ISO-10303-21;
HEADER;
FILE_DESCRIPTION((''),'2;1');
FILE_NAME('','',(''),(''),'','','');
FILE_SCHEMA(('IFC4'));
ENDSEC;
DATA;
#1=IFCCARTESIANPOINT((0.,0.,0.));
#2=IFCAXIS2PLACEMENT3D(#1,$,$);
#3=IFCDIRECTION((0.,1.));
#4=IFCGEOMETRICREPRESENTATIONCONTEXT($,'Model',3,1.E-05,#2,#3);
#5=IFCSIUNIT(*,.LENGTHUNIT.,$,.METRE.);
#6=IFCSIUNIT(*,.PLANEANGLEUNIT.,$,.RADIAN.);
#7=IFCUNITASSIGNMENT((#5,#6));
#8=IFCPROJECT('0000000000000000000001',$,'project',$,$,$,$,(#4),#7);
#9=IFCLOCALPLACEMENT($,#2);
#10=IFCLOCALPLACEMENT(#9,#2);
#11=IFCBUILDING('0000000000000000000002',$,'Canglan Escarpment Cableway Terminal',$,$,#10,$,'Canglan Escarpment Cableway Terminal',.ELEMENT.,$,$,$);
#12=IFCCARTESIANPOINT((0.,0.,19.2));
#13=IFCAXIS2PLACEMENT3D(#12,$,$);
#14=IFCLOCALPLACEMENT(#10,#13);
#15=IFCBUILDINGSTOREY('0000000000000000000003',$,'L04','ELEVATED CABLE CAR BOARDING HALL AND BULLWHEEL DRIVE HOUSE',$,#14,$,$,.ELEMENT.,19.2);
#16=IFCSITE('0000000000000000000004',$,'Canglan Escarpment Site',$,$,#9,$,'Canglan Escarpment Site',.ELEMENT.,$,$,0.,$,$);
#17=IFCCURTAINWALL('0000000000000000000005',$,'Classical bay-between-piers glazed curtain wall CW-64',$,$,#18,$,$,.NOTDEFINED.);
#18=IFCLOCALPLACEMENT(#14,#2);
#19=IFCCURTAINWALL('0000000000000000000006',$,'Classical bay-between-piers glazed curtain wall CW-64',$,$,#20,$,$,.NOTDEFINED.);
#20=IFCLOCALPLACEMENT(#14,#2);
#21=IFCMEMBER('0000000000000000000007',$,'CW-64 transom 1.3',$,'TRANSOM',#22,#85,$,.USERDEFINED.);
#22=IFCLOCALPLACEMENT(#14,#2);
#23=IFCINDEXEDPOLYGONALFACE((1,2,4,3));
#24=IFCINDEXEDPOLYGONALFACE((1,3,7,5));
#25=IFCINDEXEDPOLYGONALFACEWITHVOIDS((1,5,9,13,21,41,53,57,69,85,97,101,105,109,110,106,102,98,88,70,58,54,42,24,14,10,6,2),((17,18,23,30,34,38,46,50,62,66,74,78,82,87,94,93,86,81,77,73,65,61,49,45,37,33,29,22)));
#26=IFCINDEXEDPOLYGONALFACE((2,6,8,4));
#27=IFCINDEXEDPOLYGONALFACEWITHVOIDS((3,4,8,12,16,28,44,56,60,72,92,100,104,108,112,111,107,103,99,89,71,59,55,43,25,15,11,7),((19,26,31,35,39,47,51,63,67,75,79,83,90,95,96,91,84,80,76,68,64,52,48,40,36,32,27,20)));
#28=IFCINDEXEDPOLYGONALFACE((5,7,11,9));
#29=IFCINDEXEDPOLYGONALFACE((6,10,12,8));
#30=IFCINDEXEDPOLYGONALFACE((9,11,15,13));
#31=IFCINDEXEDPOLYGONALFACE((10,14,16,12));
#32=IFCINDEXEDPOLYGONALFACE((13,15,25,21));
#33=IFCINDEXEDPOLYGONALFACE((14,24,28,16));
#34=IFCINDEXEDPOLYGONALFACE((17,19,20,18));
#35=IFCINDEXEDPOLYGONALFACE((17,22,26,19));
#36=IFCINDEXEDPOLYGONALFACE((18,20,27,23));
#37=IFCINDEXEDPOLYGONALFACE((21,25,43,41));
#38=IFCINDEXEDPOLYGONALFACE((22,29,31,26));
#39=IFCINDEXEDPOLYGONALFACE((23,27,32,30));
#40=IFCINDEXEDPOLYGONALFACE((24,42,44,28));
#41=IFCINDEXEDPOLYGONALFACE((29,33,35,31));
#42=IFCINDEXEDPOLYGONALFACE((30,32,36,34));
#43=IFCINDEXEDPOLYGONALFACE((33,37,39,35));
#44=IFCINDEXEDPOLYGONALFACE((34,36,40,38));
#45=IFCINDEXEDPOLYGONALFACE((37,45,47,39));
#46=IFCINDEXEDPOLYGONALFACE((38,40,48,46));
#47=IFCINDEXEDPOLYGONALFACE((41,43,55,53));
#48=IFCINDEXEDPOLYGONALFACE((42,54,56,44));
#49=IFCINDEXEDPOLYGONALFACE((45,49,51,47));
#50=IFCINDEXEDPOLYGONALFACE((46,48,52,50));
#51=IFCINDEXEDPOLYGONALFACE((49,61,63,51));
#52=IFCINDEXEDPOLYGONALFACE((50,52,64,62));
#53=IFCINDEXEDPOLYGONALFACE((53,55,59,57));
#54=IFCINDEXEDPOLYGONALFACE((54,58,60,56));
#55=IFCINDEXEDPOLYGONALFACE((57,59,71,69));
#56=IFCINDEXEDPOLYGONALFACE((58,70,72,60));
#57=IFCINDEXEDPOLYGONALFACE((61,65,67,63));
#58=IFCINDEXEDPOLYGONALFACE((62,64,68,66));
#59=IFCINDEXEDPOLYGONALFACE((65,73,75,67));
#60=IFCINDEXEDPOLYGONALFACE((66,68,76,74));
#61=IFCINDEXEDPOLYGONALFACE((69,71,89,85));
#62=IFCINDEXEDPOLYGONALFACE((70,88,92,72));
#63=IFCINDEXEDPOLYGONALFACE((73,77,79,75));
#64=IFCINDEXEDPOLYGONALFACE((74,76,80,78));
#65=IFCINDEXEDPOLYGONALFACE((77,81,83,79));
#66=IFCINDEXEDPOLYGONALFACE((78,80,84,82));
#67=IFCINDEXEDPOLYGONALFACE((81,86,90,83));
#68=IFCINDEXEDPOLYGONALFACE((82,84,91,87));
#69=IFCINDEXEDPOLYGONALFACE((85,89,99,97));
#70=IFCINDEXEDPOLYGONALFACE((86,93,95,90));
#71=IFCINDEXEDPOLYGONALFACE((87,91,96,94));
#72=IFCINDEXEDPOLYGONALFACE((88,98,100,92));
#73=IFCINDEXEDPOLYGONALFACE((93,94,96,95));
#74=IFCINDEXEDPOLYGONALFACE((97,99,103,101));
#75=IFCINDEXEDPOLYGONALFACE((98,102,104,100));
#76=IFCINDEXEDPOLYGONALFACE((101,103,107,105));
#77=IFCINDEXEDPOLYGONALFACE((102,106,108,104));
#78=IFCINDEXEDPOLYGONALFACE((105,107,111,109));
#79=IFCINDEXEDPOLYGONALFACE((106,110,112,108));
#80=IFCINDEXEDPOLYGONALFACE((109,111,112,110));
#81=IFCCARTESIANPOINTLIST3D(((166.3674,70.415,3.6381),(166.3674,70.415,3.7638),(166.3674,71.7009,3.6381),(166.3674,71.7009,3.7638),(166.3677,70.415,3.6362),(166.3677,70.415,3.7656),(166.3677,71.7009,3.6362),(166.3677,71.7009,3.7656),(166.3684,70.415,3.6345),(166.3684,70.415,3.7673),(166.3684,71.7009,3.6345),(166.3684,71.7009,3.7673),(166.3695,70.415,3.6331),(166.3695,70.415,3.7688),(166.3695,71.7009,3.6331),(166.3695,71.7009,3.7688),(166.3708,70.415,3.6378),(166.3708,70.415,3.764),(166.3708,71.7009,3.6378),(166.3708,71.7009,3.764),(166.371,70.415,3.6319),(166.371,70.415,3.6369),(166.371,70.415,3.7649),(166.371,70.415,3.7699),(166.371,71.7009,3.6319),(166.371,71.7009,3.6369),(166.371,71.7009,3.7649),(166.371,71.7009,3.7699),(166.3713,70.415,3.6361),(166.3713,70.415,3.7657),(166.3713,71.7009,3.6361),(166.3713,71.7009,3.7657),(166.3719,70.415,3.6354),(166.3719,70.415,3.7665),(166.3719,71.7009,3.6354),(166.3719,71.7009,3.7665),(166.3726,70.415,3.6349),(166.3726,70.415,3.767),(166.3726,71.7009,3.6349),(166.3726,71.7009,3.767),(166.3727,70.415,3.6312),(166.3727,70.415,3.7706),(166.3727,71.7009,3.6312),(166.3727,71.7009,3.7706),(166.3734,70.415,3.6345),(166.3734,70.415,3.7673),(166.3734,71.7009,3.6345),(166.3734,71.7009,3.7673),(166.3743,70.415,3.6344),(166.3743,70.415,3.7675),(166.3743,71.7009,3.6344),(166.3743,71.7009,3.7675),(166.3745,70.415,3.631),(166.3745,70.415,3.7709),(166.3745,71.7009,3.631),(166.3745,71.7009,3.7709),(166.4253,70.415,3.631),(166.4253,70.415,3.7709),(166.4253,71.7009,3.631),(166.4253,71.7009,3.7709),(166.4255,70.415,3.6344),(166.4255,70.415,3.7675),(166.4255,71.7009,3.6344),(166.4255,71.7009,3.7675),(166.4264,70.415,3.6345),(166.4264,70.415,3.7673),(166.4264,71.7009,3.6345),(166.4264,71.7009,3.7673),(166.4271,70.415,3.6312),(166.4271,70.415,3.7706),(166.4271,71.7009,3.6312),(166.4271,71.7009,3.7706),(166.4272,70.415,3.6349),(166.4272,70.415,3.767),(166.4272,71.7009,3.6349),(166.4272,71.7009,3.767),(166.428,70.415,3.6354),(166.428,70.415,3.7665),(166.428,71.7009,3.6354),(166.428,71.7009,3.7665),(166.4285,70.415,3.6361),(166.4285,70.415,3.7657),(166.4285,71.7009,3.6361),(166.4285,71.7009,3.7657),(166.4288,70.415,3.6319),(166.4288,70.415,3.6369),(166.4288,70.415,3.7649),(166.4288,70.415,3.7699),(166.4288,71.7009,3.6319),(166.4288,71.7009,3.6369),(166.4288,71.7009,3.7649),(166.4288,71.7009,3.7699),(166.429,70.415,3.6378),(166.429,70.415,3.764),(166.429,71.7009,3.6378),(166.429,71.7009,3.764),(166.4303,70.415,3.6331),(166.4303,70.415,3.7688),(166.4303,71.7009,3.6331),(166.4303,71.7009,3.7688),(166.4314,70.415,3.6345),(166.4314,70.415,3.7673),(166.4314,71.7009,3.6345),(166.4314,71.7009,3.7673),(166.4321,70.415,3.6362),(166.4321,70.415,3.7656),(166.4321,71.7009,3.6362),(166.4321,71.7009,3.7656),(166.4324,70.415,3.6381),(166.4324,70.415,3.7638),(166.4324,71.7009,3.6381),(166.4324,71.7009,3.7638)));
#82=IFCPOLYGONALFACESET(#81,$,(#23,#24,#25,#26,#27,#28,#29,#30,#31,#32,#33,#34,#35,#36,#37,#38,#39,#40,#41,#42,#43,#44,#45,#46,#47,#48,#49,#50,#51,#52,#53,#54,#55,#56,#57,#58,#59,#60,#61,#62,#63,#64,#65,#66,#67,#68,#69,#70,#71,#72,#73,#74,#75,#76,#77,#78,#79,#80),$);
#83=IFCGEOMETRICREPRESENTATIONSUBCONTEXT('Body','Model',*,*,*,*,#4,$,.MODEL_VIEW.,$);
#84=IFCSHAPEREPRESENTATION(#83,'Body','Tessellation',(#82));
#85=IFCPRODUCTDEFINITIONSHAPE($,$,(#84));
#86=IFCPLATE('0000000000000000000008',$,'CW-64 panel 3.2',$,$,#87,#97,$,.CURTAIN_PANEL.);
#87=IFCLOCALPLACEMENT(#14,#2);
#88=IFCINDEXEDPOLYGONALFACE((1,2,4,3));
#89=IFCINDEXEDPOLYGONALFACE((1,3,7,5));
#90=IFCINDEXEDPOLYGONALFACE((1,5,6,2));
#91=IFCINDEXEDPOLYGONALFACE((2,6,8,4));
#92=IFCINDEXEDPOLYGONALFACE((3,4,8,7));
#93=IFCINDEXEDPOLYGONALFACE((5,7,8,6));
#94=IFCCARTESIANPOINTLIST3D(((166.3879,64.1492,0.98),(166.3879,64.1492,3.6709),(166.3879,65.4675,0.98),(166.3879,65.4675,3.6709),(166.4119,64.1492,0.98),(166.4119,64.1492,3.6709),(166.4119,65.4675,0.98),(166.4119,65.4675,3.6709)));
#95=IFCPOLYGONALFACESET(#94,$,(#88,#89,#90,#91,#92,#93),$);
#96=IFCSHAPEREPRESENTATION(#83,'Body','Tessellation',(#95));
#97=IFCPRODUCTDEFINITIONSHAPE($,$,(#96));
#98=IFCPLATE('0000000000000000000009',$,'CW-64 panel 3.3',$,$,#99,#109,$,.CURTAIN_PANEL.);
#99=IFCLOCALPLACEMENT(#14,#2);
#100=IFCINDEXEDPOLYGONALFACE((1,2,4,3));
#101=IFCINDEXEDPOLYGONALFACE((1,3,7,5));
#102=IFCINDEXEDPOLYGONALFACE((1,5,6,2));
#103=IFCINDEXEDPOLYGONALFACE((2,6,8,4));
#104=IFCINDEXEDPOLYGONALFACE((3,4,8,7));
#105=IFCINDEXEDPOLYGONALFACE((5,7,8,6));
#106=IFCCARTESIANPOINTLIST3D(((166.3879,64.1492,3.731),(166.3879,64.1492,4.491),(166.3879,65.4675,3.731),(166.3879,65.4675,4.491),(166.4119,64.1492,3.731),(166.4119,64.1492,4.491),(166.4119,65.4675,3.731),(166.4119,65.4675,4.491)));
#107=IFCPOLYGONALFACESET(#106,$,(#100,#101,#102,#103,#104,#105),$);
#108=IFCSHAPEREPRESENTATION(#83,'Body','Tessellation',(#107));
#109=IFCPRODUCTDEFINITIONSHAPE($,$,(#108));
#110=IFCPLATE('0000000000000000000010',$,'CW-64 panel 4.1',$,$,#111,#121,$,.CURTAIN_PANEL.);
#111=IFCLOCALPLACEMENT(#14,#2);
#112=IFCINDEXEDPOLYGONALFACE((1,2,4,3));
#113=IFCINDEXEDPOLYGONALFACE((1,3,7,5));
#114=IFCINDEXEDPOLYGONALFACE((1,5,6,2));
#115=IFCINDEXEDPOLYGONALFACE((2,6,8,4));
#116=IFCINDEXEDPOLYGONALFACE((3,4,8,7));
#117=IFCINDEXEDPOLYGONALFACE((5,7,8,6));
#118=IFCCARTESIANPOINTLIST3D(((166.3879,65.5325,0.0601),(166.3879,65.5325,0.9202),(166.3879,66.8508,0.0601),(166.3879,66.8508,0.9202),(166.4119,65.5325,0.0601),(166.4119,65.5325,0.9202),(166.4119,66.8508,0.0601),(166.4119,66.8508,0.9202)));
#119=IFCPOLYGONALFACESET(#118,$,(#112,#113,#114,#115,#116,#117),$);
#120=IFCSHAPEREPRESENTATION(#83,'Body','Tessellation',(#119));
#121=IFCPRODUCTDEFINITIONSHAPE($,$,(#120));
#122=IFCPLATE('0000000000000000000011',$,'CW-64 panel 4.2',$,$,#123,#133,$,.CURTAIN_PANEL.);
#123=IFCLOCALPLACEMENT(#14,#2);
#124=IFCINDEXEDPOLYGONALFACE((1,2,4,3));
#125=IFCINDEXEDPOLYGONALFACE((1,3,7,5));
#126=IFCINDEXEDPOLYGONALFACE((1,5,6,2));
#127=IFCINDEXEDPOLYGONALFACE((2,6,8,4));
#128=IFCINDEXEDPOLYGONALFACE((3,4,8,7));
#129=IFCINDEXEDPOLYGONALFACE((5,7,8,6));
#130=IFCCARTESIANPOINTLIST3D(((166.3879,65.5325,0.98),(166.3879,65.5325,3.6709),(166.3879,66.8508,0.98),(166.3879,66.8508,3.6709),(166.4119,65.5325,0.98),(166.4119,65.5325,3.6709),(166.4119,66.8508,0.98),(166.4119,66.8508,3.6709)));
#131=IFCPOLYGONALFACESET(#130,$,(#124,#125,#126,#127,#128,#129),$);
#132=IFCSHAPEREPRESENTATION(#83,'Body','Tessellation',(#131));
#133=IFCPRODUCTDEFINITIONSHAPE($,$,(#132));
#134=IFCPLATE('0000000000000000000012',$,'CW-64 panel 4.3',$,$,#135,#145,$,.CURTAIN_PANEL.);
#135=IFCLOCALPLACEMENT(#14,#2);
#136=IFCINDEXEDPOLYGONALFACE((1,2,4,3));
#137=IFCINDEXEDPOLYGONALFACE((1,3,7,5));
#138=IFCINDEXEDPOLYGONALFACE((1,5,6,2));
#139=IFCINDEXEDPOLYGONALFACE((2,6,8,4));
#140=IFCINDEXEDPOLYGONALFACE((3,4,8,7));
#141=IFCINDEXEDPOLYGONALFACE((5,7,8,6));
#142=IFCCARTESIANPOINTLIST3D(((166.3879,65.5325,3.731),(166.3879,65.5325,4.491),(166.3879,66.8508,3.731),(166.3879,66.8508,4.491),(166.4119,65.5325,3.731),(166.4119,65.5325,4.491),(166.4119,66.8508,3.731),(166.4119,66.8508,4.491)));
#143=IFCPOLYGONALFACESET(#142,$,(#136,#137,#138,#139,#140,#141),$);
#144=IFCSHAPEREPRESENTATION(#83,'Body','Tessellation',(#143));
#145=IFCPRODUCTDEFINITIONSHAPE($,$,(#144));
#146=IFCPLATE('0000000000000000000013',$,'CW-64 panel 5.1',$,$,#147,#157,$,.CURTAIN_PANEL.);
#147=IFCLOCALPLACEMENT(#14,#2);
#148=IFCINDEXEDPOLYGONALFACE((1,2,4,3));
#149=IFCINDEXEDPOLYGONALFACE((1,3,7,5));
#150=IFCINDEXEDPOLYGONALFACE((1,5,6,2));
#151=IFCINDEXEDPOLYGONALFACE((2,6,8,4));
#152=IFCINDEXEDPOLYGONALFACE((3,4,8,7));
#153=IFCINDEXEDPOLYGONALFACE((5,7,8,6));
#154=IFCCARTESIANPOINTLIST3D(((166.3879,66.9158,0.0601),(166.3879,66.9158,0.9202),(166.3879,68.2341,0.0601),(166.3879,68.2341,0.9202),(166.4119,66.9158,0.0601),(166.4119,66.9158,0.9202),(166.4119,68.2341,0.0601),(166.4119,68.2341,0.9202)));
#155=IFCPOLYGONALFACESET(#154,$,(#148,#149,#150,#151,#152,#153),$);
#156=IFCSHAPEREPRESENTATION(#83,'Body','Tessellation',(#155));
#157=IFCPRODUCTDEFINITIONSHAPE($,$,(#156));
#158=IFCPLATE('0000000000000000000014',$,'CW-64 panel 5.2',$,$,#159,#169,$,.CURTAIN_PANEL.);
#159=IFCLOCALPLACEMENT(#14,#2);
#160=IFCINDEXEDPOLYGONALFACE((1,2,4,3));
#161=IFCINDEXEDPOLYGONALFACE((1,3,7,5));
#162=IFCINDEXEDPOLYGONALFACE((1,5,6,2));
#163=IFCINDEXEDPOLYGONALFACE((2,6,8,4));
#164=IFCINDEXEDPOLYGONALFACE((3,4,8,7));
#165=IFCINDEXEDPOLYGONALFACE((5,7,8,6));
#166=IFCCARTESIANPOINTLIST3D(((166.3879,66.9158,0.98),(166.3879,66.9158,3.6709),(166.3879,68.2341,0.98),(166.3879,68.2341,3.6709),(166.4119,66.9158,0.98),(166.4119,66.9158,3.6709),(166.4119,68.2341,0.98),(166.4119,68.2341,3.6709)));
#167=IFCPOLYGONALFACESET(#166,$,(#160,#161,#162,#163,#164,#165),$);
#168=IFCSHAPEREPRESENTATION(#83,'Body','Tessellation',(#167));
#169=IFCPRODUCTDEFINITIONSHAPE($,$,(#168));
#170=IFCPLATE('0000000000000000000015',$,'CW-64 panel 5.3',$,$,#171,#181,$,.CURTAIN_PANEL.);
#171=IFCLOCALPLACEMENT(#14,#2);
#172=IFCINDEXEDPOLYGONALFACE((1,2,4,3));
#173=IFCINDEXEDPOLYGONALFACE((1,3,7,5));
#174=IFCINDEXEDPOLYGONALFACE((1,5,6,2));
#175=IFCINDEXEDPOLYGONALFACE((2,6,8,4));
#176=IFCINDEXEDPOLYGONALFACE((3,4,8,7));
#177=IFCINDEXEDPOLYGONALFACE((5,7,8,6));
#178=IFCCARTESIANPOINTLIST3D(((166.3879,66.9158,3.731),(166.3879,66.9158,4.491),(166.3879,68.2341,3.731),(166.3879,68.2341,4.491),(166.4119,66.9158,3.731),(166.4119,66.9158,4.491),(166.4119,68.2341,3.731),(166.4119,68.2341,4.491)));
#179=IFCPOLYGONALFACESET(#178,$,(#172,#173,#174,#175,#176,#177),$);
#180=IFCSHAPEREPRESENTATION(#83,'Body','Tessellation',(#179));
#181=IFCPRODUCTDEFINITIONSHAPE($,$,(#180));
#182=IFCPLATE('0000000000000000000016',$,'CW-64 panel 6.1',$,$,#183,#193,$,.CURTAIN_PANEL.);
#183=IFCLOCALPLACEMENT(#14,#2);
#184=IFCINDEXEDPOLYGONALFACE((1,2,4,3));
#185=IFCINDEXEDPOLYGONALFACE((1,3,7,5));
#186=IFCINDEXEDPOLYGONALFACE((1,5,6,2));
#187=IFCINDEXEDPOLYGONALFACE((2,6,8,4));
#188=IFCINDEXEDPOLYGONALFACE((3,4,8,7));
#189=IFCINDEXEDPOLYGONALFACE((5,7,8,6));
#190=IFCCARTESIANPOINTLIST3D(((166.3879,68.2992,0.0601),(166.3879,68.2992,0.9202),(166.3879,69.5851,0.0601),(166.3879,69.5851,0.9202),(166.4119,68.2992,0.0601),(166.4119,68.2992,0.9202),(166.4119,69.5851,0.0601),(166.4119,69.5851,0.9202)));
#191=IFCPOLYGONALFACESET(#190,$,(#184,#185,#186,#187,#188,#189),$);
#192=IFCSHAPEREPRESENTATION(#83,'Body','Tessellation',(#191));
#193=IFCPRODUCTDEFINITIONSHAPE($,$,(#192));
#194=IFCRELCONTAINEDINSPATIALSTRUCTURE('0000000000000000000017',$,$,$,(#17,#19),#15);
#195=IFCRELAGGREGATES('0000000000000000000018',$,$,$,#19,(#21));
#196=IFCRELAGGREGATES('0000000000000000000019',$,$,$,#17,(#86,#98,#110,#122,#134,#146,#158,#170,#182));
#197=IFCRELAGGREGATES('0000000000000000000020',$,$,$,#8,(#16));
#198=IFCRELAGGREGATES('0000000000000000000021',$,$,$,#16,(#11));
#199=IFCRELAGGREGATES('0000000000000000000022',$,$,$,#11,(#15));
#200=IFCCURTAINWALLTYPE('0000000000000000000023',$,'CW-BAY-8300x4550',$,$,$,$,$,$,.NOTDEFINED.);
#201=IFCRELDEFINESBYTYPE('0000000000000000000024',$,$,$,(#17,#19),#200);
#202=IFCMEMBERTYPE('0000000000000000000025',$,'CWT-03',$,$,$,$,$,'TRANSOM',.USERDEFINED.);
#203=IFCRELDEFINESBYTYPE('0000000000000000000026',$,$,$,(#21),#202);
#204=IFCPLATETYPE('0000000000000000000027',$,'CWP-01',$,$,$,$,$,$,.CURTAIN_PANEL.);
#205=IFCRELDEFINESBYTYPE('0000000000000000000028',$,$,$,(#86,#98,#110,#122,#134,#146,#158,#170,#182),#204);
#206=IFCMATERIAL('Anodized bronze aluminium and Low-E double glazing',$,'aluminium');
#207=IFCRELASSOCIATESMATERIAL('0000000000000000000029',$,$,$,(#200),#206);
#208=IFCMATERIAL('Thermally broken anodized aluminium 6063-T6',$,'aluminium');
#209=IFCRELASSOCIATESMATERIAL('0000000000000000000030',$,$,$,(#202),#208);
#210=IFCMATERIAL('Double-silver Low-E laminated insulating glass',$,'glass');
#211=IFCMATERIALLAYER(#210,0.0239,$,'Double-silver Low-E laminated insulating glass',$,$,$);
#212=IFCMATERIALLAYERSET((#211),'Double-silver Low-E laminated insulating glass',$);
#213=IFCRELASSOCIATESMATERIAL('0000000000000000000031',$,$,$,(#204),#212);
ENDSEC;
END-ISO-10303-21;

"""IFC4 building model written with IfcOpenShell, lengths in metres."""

from ifc_helpers import new_model, si_unit, direction, frame, origin, origin_2d, place, context, subcontext, project, spatial, rectangle, hollow_rectangle, extrude, material, layer, layer_set, material_profile, profile_set, type_object, element, aggregate, save


model = new_model("IFC4")

# Units and contexts
model_context = context("Model", 3, precision=1e-05, world=origin(), true_north=direction((0.0, 1.0)))
body_context = subcontext(model_context, "Body", "Model", "MODEL_VIEW")
ifc_project = project(units=[si_unit("LENGTHUNIT", "METRE"), si_unit("PLANEANGLEUNIT", "RADIAN")], contexts=[model_context])

# Site, building, storey
site_placement = place(None, origin())
site = spatial("IfcSite", under=ifc_project, at=site_placement, Name="Canglan Escarpment Site", LongName="Canglan Escarpment Site", CompositionType="ELEMENT", RefElevation=0.0)
building_placement = place(site_placement, origin())
building = spatial("IfcBuilding", under=site, at=building_placement, Name="Canglan Escarpment Cableway Terminal", LongName="Canglan Escarpment Cableway Terminal", CompositionType="ELEMENT")
storey_placement = place(building_placement, frame((0.0, 0.0, 19.2)))
storey = spatial("IfcBuildingStorey", under=building, at=storey_placement, Name="L04", Description="ELEVATED CABLE CAR BOARDING HALL AND BULLWHEEL DRIVE HOUSE", CompositionType="ELEMENT", Elevation=19.2)

# Curtain wall
ifc_material_1 = material(Name="Anodized bronze aluminium and Low-E double glazing", Category="aluminium")
curtain_wall_type = type_object("IfcCurtainWallType", Name="CW-BAY-8300x4550", PredefinedType="NOTDEFINED", material=ifc_material_1)
curtain_wall_1_placement = place(storey_placement, origin())
curtain_wall_1 = element("IfcCurtainWall", 1, at=curtain_wall_1_placement, inside=storey, type_object=curtain_wall_type, Name="Classical bay-between-piers glazed curtain wall CW-64", PredefinedType="NOTDEFINED")
ifc_material_2 = material(Name="Thermally broken anodized aluminium 6063-T6", Category="aluminium")

# Curtain wall
curtain_wall_2_placement = place(storey_placement, origin())
curtain_wall_2 = element("IfcCurtainWall", 2, at=curtain_wall_2_placement, inside=storey, type_object=curtain_wall_type, Name="Classical bay-between-piers glazed curtain wall CW-64", PredefinedType="NOTDEFINED")

# Member
ifc_material_profile_1 = material_profile(ifc_material_2, hollow_rectangle(XDim=0.0649, YDim=0.1399, WallThickness=0.0034, InnerFilletRadius=0.0034, OuterFilletRadius=0.0071, at=origin_2d()), Name="ALU-TRAN 65x140x3.5")
ifc_profile_set_1 = profile_set([ifc_material_profile_1], Name="Thermally broken anodized aluminium 6063-T6")
member_type_1 = type_object("IfcMemberType", Name="CWT-03", ElementType="TRANSOM", PredefinedType="USERDEFINED", material=ifc_profile_set_1)
member_1_placement = place(storey_placement, frame((166.3999, 70.415, 3.7009), z_axis=(0.0, 1.0, 0.0), x_axis=(-1.0, 0.0, 0.0)))
member_1 = element("IfcMember", 3, at=member_1_placement, type_object=member_type_1, Name="CW-64 transom 1.3", ObjectType="TRANSOM", PredefinedType="USERDEFINED", context=body_context, shape_type="SweptSolid", body=[
    extrude(hollow_rectangle(XDim=0.0649, YDim=0.1399, WallThickness=0.0034, InnerFilletRadius=0.0034, OuterFilletRadius=0.0071, at=origin_2d()), origin(), (0.0, 0.0, 1.0), 1.2859),
])
aggregate(curtain_wall_2, [member_1])

# Plates
ifc_material_3 = material(Name="Double-silver Low-E laminated insulating glass", Category="glass")
ifc_layer = layer(ifc_material_3, 0.0239, Name="Double-silver Low-E laminated insulating glass")
ifc_layer_set = layer_set([ifc_layer], Name="Double-silver Low-E laminated insulating glass")
plate_type = type_object("IfcPlateType", Name="CWP-01", PredefinedType="CURTAIN_PANEL", material=ifc_layer_set)
plate_1_placement = place(storey_placement, frame((166.3999, 64.8083, 0.98), z_axis=(0.0, 0.0, 1.0), x_axis=(0.0, 1.0, 0.0)))
plate_1 = element("IfcPlate", 4, at=plate_1_placement, type_object=plate_type, Name="CW-64 panel 3.2", PredefinedType="CURTAIN_PANEL", context=body_context, shape_type="SweptSolid", body=[
    extrude(rectangle(XDim=1.3184, YDim=0.0239, at=origin_2d()), origin(), (0.0, 0.0, 1.0), 2.6909),
])
plate_2_placement = place(storey_placement, frame((166.3999, 64.8083, 3.731), z_axis=(0.0, 0.0, 1.0), x_axis=(0.0, 1.0, 0.0)))
plate_2 = element("IfcPlate", 5, at=plate_2_placement, type_object=plate_type, Name="CW-64 panel 3.3", PredefinedType="CURTAIN_PANEL", context=body_context, shape_type="SweptSolid", body=[
    extrude(rectangle(XDim=1.3184, YDim=0.0239, at=origin_2d()), origin(), (0.0, 0.0, 1.0), 0.76),
])
plate_3_placement = place(storey_placement, frame((166.3999, 66.1917, 0.0601), z_axis=(0.0, 0.0, 1.0), x_axis=(0.0, 1.0, 0.0)))
plate_3 = element("IfcPlate", 6, at=plate_3_placement, type_object=plate_type, Name="CW-64 panel 4.1", PredefinedType="CURTAIN_PANEL", context=body_context, shape_type="SweptSolid", body=[
    extrude(rectangle(XDim=1.3184, YDim=0.0239, at=origin_2d()), origin(), (0.0, 0.0, 1.0), 0.8601),
])
plate_4_placement = place(storey_placement, frame((166.3999, 66.1917, 0.98), z_axis=(0.0, 0.0, 1.0), x_axis=(0.0, 1.0, 0.0)))
plate_4 = element("IfcPlate", 7, at=plate_4_placement, type_object=plate_type, Name="CW-64 panel 4.2", PredefinedType="CURTAIN_PANEL", context=body_context, shape_type="SweptSolid", body=[
    extrude(rectangle(XDim=1.3184, YDim=0.0239, at=origin_2d()), origin(), (0.0, 0.0, 1.0), 2.6909),
])
plate_5_placement = place(storey_placement, frame((166.3999, 66.1917, 3.731), z_axis=(0.0, 0.0, 1.0), x_axis=(0.0, 1.0, 0.0)))
plate_5 = element("IfcPlate", 8, at=plate_5_placement, type_object=plate_type, Name="CW-64 panel 4.3", PredefinedType="CURTAIN_PANEL", context=body_context, shape_type="SweptSolid", body=[
    extrude(rectangle(XDim=1.3184, YDim=0.0239, at=origin_2d()), origin(), (0.0, 0.0, 1.0), 0.76),
])
plate_6_placement = place(storey_placement, frame((166.3999, 67.575, 0.0601), z_axis=(0.0, 0.0, 1.0), x_axis=(0.0, 1.0, 0.0)))
plate_6 = element("IfcPlate", 9, at=plate_6_placement, type_object=plate_type, Name="CW-64 panel 5.1", PredefinedType="CURTAIN_PANEL", context=body_context, shape_type="SweptSolid", body=[
    extrude(rectangle(XDim=1.3184, YDim=0.0239, at=origin_2d()), origin(), (0.0, 0.0, 1.0), 0.8601),
])
plate_7_placement = place(storey_placement, frame((166.3999, 67.575, 0.98), z_axis=(0.0, 0.0, 1.0), x_axis=(0.0, 1.0, 0.0)))
plate_7 = element("IfcPlate", 10, at=plate_7_placement, type_object=plate_type, Name="CW-64 panel 5.2", PredefinedType="CURTAIN_PANEL", context=body_context, shape_type="SweptSolid", body=[
    extrude(rectangle(XDim=1.3184, YDim=0.0239, at=origin_2d()), origin(), (0.0, 0.0, 1.0), 2.6909),
])
plate_8_placement = place(storey_placement, frame((166.3999, 67.575, 3.731), z_axis=(0.0, 0.0, 1.0), x_axis=(0.0, 1.0, 0.0)))
plate_8 = element("IfcPlate", 11, at=plate_8_placement, type_object=plate_type, Name="CW-64 panel 5.3", PredefinedType="CURTAIN_PANEL", context=body_context, shape_type="SweptSolid", body=[
    extrude(rectangle(XDim=1.3184, YDim=0.0239, at=origin_2d()), origin(), (0.0, 0.0, 1.0), 0.76),
])
plate_9_placement = place(storey_placement, frame((166.3999, 68.9421, 0.0601), z_axis=(0.0, 0.0, 1.0), x_axis=(0.0, 1.0, 0.0)))
plate_9 = element("IfcPlate", 12, at=plate_9_placement, type_object=plate_type, Name="CW-64 panel 6.1", PredefinedType="CURTAIN_PANEL", context=body_context, shape_type="SweptSolid", body=[
    extrude(rectangle(XDim=1.2859, YDim=0.0239, at=origin_2d()), origin(), (0.0, 0.0, 1.0), 0.8601),
])
aggregate(curtain_wall_1, [plate_1, plate_2, plate_3, plate_4, plate_5, plate_6, plate_7, plate_8, plate_9])

save(model, "model.ifc")
